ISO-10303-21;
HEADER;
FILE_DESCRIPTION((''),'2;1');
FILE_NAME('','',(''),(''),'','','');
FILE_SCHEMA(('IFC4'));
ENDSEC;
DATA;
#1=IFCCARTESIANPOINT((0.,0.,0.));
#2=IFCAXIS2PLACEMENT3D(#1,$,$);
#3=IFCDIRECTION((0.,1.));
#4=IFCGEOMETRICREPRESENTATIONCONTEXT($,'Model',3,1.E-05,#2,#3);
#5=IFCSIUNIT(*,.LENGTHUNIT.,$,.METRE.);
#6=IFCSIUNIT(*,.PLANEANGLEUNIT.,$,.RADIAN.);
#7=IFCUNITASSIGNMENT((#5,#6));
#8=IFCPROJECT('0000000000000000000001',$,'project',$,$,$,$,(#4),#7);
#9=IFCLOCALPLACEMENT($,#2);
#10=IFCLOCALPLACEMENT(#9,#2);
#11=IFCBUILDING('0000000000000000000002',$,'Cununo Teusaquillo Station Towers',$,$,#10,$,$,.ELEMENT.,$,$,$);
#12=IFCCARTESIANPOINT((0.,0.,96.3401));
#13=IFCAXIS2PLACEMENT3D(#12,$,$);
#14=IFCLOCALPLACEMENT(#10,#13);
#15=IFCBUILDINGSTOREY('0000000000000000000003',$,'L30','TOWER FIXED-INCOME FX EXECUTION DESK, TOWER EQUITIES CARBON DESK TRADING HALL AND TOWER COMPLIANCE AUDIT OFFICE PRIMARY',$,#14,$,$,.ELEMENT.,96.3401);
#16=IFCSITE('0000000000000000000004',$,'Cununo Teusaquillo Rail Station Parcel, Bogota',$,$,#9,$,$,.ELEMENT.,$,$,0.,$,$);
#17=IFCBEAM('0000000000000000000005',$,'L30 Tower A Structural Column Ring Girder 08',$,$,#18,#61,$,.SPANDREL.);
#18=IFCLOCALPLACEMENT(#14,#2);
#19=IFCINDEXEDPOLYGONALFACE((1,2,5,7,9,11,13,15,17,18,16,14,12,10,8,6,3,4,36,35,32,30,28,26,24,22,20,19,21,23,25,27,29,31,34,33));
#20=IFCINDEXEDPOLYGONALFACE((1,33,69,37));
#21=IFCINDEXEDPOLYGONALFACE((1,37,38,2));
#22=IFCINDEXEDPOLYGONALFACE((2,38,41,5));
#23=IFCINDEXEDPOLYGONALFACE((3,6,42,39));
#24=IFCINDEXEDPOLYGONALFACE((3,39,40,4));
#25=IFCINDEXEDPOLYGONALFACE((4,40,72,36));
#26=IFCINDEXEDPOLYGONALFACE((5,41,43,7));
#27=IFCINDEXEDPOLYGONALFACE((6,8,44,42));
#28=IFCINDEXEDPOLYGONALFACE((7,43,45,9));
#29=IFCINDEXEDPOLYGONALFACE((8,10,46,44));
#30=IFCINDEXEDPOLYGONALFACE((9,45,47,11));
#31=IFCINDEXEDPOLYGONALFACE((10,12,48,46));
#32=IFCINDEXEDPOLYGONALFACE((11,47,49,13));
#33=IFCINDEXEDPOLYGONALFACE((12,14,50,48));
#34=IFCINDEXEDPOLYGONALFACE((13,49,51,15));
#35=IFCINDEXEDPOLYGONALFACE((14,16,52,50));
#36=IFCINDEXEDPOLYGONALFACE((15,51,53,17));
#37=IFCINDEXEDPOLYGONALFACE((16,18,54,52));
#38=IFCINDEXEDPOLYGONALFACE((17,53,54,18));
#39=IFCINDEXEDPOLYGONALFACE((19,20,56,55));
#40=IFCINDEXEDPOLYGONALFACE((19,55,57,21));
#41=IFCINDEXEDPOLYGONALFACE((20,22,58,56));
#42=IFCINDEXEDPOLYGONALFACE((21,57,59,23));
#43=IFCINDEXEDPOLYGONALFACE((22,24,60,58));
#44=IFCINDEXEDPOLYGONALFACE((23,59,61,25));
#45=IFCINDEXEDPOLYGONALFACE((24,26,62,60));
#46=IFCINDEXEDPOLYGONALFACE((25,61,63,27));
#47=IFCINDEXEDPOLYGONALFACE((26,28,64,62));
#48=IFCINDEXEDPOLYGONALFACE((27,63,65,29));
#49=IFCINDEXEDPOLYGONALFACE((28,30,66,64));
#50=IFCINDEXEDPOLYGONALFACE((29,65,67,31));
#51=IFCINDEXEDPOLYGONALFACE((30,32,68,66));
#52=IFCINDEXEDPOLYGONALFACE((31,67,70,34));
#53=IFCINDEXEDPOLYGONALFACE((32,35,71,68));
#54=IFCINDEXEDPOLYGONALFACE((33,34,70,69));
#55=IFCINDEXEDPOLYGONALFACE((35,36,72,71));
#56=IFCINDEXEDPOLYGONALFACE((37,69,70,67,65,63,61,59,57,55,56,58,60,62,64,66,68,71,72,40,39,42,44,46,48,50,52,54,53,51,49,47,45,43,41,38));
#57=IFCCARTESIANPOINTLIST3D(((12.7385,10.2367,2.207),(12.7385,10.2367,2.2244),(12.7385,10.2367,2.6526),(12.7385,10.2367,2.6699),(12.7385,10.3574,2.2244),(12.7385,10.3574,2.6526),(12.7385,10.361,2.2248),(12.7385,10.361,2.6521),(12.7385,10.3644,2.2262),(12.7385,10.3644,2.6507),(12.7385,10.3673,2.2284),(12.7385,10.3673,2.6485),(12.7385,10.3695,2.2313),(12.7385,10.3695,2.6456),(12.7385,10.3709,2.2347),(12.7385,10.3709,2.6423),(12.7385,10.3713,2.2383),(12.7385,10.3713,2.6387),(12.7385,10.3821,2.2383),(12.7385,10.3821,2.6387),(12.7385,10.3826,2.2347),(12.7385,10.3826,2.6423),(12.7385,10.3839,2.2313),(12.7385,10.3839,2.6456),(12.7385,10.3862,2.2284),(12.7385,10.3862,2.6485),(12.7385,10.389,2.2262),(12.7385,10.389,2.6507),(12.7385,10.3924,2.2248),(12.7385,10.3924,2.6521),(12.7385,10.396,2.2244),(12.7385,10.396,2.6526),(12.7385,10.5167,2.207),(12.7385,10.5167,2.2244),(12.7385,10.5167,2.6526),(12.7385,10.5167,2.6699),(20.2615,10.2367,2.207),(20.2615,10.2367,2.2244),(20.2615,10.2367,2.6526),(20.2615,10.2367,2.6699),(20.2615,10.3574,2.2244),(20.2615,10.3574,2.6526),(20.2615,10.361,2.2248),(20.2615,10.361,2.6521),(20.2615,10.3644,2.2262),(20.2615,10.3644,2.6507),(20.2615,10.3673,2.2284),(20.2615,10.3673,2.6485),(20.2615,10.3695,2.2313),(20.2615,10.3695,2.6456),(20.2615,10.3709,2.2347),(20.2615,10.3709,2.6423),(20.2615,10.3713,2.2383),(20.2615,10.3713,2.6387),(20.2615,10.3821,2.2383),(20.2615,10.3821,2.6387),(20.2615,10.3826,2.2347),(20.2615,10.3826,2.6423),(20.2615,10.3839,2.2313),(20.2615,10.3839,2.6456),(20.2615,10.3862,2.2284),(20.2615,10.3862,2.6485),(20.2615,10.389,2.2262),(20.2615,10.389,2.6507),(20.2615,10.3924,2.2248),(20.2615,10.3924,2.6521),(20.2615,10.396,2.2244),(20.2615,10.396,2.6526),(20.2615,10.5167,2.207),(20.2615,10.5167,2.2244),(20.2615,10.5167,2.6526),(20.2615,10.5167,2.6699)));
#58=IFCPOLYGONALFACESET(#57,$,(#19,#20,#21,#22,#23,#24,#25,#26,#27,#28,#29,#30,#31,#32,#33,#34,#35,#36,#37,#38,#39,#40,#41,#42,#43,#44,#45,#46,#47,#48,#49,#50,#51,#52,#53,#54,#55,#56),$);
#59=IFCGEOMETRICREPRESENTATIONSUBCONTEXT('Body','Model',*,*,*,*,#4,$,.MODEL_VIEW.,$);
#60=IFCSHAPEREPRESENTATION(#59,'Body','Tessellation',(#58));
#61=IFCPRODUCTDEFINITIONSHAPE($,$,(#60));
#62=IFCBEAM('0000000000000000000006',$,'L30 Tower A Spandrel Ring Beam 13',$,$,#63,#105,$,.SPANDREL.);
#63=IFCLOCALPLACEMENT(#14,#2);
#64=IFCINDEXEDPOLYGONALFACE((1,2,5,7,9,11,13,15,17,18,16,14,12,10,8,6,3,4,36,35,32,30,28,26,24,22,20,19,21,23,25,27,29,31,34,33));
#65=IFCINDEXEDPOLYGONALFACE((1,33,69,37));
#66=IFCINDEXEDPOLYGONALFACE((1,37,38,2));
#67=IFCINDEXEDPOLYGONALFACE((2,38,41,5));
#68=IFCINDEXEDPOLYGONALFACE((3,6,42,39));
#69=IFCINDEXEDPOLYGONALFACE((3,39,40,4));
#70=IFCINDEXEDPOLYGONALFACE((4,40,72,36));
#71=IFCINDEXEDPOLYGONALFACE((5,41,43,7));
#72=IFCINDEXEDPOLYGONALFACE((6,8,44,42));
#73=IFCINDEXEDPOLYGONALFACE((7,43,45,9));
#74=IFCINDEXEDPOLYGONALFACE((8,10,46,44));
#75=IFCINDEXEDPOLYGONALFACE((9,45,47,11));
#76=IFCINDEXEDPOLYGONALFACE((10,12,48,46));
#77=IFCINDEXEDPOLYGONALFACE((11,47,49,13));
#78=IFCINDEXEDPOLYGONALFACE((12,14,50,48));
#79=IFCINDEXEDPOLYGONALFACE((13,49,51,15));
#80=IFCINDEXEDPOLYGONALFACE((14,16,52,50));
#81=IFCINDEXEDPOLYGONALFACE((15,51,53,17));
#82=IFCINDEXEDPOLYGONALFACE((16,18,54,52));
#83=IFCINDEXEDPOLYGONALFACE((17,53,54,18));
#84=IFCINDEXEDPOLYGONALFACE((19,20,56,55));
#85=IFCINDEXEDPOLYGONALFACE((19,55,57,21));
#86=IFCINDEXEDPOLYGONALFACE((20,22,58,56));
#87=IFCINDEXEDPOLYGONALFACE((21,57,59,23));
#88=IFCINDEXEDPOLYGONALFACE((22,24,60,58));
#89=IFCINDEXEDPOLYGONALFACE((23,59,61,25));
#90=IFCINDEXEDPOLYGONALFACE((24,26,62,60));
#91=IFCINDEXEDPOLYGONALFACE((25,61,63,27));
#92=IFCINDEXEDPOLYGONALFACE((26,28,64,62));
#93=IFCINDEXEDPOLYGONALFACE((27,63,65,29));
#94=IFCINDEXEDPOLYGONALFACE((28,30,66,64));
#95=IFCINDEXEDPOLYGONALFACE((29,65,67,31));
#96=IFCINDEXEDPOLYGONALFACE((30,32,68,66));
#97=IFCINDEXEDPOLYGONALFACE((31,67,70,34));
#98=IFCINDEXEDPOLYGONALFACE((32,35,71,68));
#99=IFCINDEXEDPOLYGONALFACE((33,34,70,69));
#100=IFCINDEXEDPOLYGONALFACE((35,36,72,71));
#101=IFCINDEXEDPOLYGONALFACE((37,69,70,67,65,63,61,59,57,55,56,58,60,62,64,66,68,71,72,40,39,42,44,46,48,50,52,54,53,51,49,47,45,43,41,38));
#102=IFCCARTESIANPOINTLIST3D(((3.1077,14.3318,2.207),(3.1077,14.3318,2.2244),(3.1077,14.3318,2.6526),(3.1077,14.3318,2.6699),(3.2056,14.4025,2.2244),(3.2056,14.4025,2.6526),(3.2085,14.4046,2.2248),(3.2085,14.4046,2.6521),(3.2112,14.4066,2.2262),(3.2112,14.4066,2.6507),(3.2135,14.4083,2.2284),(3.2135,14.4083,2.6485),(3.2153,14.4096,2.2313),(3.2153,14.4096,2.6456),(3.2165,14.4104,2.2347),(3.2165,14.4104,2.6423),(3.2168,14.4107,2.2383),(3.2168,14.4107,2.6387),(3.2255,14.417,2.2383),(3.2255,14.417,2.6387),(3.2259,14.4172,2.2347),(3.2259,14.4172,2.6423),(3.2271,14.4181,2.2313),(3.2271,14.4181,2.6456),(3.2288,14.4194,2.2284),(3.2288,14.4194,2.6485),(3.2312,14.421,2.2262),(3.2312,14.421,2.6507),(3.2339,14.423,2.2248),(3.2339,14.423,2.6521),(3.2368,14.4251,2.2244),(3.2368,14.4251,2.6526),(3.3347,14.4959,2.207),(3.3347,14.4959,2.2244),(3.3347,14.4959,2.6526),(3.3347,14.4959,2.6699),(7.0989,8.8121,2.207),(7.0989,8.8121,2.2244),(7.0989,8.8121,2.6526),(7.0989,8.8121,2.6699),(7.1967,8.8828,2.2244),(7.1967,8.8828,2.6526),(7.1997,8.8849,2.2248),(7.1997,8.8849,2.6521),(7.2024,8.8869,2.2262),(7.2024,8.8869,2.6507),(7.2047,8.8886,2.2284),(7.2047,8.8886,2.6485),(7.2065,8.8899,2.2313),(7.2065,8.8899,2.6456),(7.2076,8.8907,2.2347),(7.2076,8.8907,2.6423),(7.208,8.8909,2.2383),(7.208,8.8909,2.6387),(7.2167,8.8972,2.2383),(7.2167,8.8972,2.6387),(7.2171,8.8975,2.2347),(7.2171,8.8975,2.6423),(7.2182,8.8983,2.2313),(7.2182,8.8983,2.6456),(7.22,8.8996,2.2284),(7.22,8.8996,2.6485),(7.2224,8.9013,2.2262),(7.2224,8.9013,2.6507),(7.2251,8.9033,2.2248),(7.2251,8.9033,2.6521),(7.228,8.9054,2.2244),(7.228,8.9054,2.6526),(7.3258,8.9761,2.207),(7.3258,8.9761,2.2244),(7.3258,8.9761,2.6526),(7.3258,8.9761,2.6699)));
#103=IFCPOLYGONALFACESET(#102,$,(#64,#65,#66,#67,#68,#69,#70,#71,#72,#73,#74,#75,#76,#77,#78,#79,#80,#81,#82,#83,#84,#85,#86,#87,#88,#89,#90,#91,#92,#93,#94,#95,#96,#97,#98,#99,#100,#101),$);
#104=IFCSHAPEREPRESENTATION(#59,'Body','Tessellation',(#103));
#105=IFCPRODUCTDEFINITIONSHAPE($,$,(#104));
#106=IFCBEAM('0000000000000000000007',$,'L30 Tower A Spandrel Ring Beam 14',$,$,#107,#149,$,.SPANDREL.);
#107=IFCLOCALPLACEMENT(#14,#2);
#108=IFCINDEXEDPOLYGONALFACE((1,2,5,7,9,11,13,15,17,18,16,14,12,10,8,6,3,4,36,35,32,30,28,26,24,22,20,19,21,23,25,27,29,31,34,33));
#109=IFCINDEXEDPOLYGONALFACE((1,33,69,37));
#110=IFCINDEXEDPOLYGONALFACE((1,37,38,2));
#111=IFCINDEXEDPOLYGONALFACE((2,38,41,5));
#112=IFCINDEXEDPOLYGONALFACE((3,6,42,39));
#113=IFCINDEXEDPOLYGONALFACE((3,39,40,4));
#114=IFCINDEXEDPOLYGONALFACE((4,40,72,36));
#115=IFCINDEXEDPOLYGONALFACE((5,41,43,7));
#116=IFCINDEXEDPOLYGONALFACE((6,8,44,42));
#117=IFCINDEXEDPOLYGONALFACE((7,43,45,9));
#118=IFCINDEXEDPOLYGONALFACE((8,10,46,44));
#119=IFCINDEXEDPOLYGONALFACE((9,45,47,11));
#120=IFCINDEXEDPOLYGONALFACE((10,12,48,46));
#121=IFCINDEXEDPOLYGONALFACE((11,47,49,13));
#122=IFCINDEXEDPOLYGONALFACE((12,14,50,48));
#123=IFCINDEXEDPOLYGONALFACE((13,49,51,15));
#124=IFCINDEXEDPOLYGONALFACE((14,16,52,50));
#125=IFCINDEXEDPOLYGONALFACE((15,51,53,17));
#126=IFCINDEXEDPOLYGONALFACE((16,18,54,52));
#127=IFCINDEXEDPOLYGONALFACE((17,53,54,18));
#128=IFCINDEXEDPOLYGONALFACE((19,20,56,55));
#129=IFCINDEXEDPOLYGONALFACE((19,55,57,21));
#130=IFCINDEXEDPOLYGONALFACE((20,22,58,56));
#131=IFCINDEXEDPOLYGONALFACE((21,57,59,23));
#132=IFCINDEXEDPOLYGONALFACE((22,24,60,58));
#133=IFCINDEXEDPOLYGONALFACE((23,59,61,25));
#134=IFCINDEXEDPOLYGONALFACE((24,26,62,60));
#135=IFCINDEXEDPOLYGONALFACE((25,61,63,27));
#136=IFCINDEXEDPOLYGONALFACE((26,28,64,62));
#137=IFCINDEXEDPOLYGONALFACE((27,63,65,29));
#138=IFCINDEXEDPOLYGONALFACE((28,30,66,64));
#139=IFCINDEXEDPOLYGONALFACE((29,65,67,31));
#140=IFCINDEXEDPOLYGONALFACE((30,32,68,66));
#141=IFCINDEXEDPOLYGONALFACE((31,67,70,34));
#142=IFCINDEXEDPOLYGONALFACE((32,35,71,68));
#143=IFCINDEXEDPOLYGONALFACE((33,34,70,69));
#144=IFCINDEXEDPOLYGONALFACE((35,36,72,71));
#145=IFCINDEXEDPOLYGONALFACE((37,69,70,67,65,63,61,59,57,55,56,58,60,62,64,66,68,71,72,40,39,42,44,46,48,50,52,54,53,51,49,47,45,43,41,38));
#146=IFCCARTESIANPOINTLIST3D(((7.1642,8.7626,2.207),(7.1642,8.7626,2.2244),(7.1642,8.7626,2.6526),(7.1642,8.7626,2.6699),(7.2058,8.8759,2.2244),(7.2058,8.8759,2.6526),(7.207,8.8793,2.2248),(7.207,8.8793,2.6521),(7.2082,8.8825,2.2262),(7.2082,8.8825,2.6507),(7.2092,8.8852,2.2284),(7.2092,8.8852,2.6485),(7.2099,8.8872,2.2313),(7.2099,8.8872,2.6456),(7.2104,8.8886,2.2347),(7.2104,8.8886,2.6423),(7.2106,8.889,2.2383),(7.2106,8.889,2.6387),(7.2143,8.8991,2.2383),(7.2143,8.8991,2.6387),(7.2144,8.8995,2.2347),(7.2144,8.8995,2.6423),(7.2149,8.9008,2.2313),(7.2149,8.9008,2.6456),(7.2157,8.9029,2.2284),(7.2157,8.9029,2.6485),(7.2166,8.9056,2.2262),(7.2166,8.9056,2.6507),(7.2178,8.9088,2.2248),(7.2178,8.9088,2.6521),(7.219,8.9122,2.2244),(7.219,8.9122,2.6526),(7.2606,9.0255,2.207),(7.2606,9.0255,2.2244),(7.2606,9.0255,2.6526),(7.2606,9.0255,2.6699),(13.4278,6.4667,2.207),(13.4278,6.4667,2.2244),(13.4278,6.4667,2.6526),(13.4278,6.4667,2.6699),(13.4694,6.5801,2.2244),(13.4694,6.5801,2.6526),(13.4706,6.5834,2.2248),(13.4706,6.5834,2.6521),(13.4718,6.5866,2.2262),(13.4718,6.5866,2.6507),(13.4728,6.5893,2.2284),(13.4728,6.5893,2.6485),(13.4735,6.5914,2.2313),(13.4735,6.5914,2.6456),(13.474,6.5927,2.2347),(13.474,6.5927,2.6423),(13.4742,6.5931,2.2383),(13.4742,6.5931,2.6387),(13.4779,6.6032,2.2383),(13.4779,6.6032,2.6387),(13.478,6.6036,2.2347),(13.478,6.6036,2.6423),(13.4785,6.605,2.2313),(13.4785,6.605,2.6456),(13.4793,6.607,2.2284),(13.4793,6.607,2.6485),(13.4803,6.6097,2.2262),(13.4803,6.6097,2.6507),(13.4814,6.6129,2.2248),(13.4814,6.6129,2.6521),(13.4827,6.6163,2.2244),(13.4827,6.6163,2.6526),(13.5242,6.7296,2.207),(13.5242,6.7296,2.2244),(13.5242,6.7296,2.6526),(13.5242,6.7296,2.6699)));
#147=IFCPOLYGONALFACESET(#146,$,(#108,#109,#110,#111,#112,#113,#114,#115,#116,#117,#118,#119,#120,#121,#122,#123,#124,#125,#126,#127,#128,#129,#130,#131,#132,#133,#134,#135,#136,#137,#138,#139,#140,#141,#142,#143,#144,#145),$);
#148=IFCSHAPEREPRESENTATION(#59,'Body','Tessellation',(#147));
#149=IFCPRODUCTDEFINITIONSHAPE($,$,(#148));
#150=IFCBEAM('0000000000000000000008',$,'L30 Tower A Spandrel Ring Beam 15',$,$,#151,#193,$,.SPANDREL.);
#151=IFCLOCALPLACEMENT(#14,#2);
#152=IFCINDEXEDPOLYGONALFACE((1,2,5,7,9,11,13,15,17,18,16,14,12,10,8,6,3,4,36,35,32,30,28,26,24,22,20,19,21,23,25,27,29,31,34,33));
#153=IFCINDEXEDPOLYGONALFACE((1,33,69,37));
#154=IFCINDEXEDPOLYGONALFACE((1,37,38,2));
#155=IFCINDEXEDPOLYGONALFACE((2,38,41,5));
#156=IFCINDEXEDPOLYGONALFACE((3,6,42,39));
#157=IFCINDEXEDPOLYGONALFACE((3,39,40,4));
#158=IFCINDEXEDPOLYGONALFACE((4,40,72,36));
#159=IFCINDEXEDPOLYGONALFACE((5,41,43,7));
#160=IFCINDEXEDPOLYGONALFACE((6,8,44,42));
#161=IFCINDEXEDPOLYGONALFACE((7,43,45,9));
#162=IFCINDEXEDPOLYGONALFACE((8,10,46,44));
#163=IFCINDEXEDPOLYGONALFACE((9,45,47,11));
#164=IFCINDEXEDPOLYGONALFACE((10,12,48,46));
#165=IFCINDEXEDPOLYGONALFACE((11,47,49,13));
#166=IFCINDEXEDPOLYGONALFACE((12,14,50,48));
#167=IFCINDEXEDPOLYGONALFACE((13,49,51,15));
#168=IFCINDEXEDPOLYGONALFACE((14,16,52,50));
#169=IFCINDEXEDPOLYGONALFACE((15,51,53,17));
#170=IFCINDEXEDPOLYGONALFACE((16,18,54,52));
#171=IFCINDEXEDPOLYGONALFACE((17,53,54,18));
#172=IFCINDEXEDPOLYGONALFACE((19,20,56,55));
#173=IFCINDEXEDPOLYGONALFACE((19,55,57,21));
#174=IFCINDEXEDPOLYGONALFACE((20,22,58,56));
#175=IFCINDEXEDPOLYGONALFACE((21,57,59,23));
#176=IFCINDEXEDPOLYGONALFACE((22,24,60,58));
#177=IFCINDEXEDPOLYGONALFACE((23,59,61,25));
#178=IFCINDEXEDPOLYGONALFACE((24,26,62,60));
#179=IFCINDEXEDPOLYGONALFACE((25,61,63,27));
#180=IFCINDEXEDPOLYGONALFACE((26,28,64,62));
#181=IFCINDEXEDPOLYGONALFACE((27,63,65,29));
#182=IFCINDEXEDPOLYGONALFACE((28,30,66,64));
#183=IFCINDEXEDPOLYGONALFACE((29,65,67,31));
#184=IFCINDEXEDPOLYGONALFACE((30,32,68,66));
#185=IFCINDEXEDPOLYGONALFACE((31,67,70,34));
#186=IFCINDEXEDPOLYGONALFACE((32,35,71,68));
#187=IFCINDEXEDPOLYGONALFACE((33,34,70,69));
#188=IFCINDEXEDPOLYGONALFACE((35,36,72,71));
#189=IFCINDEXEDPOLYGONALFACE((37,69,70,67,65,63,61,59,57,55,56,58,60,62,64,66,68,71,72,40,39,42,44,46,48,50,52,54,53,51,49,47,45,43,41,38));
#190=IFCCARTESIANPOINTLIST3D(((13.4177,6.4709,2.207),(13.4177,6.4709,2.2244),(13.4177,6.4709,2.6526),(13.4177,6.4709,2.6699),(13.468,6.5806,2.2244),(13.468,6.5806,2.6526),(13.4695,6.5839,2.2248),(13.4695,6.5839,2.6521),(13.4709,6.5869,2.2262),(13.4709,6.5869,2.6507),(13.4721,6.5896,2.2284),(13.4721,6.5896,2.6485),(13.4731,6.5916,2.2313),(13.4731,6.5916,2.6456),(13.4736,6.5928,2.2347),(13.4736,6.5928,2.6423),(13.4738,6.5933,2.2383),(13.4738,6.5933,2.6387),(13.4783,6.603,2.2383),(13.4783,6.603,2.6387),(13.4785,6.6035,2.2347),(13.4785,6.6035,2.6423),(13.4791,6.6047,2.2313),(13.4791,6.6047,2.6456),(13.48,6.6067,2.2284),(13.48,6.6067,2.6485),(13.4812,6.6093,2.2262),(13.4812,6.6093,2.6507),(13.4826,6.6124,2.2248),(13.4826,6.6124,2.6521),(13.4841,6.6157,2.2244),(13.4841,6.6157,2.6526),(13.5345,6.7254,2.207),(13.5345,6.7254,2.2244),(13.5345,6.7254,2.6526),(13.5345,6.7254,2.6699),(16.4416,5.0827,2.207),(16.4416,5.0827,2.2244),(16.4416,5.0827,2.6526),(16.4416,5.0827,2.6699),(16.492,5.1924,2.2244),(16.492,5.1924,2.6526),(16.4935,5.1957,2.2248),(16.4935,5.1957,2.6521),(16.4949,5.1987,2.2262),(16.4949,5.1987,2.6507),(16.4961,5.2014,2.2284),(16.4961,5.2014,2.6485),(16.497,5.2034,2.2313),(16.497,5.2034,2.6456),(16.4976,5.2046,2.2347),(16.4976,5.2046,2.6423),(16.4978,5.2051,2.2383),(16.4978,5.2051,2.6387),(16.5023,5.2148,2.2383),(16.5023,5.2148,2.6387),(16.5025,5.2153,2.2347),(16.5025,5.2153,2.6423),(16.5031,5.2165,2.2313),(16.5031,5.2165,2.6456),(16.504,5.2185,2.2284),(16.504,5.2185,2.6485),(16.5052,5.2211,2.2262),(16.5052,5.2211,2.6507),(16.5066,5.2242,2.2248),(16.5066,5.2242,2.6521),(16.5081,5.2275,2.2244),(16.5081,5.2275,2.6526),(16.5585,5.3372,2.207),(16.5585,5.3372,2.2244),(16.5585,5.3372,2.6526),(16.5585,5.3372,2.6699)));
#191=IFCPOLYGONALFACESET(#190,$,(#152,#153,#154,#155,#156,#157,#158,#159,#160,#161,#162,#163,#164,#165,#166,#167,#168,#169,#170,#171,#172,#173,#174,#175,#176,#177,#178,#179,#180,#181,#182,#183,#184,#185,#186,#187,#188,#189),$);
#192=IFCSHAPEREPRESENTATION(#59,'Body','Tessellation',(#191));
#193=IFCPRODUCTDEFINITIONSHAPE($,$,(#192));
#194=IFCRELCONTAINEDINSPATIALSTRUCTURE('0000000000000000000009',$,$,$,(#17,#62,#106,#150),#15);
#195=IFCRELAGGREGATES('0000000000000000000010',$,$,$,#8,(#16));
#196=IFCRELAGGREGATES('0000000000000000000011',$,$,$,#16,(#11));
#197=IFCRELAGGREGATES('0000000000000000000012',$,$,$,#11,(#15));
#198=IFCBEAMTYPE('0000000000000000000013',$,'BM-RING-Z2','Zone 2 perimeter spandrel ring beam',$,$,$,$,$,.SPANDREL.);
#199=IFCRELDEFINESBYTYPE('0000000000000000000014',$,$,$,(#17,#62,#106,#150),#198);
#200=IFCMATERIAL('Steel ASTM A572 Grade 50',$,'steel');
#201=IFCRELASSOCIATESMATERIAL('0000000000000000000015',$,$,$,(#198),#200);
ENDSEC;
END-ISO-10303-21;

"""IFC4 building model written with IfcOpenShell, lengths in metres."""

from ifc_helpers import new_model, si_unit, direction, frame, origin, origin_2d, place, context, subcontext, project, spatial, i_section, extrude, material, material_profile, profile_set, type_object, element, save


model = new_model("IFC4")

# Units and contexts
model_context = context("Model", 3, precision=1e-05, world=origin(), true_north=direction((0.0, 1.0)))
body_context = subcontext(model_context, "Body", "Model", "MODEL_VIEW")
ifc_project = project(units=[si_unit("LENGTHUNIT", "METRE"), si_unit("PLANEANGLEUNIT", "RADIAN")], contexts=[model_context])

# Site, building, storey
site_placement = place(None, origin())
site = spatial("IfcSite", under=ifc_project, at=site_placement, Name="Cununo Teusaquillo Rail Station Parcel, Bogota", CompositionType="ELEMENT", RefElevation=0.0)
building_placement = place(site_placement, origin())
building = spatial("IfcBuilding", under=site, at=building_placement, Name="Cununo Teusaquillo Station Towers", CompositionType="ELEMENT")
storey_placement = place(building_placement, frame((0.0, 0.0, 96.3401)))
storey = spatial("IfcBuildingStorey", under=building, at=storey_placement, Name="L30", Description="TOWER FIXED-INCOME FX EXECUTION DESK, TOWER EQUITIES CARBON DESK TRADING HALL AND TOWER COMPLIANCE AUDIT OFFICE PRIMARY", CompositionType="ELEMENT", Elevation=96.3401)

# Beams
ifc_material_1 = material(Name="Steel ASTM A572 Grade 50", Category="steel")
ifc_material_profile_1 = material_profile(ifc_material_1, i_section(OverallWidth=0.28, OverallDepth=0.4629, WebThickness=0.0107, FlangeThickness=0.0173, FilletRadius=0.0139, at=origin_2d()), Name="W18X76")
ifc_profile_set_1 = profile_set([ifc_material_profile_1], Name="Steel ASTM A572 Grade 50")
beam_type = type_object("IfcBeamType", Name="BM-RING-Z2", Description="Zone 2 perimeter spandrel ring beam", PredefinedType="SPANDREL", material=ifc_profile_set_1)
beam_1_placement = place(storey_placement, frame((12.7385, 10.3767, 2.4385), z_axis=(1.0, 0.0, 0.0), x_axis=(0.0, 1.0, 0.0)))
element("IfcBeam", 1, at=beam_1_placement, inside=storey, type_object=beam_type, Name="L30 Tower A Structural Column Ring Girder 08", PredefinedType="SPANDREL", context=body_context, shape_type="SweptSolid", body=[
    extrude(i_section(OverallWidth=0.28, OverallDepth=0.4629, WebThickness=0.0107, FlangeThickness=0.0173, FilletRadius=0.0139, at=origin_2d()), origin(), (0.0, 0.0, 1.0), 7.5229),
])
beam_2_placement = place(storey_placement, frame((3.2212, 14.4138, 2.4385), z_axis=(0.585945, -0.810351, 0.0), x_axis=(0.810351, 0.585945, 0.0)))
element("IfcBeam", 2, at=beam_2_placement, inside=storey, type_object=beam_type, Name="L30 Tower A Spandrel Ring Beam 13", PredefinedType="SPANDREL", context=body_context, shape_type="SweptSolid", body=[
    extrude(i_section(OverallWidth=0.28, OverallDepth=0.4629, WebThickness=0.0107, FlangeThickness=0.0173, FilletRadius=0.0139, at=origin_2d()), origin(), (0.0, 0.0, 1.0), 6.8115),
])
beam_3_placement = place(storey_placement, frame((7.2124, 8.894, 2.4385), z_axis=(0.938914, -0.344151, 0.0), x_axis=(0.344151, 0.938914, 0.0)))
element("IfcBeam", 3, at=beam_3_placement, inside=storey, type_object=beam_type, Name="L30 Tower A Spandrel Ring Beam 14", PredefinedType="SPANDREL", context=body_context, shape_type="SweptSolid", body=[
    extrude(i_section(OverallWidth=0.28, OverallDepth=0.4629, WebThickness=0.0107, FlangeThickness=0.0173, FilletRadius=0.0139, at=origin_2d()), origin(), (0.0, 0.0, 1.0), 6.6711),
])
beam_4_placement = place(storey_placement, frame((13.4761, 6.5981, 2.4385), z_axis=(0.908812, -0.417205, 0.0), x_axis=(0.417205, 0.908812, 0.0)))
element("IfcBeam", 4, at=beam_4_placement, inside=storey, type_object=beam_type, Name="L30 Tower A Spandrel Ring Beam 15", PredefinedType="SPANDREL", context=body_context, shape_type="SweptSolid", body=[
    extrude(i_section(OverallWidth=0.28, OverallDepth=0.4629, WebThickness=0.0107, FlangeThickness=0.0173, FilletRadius=0.0139, at=origin_2d()), origin(), (0.0, 0.0, 1.0), 3.3274),
])

save(model, "model.ifc")
